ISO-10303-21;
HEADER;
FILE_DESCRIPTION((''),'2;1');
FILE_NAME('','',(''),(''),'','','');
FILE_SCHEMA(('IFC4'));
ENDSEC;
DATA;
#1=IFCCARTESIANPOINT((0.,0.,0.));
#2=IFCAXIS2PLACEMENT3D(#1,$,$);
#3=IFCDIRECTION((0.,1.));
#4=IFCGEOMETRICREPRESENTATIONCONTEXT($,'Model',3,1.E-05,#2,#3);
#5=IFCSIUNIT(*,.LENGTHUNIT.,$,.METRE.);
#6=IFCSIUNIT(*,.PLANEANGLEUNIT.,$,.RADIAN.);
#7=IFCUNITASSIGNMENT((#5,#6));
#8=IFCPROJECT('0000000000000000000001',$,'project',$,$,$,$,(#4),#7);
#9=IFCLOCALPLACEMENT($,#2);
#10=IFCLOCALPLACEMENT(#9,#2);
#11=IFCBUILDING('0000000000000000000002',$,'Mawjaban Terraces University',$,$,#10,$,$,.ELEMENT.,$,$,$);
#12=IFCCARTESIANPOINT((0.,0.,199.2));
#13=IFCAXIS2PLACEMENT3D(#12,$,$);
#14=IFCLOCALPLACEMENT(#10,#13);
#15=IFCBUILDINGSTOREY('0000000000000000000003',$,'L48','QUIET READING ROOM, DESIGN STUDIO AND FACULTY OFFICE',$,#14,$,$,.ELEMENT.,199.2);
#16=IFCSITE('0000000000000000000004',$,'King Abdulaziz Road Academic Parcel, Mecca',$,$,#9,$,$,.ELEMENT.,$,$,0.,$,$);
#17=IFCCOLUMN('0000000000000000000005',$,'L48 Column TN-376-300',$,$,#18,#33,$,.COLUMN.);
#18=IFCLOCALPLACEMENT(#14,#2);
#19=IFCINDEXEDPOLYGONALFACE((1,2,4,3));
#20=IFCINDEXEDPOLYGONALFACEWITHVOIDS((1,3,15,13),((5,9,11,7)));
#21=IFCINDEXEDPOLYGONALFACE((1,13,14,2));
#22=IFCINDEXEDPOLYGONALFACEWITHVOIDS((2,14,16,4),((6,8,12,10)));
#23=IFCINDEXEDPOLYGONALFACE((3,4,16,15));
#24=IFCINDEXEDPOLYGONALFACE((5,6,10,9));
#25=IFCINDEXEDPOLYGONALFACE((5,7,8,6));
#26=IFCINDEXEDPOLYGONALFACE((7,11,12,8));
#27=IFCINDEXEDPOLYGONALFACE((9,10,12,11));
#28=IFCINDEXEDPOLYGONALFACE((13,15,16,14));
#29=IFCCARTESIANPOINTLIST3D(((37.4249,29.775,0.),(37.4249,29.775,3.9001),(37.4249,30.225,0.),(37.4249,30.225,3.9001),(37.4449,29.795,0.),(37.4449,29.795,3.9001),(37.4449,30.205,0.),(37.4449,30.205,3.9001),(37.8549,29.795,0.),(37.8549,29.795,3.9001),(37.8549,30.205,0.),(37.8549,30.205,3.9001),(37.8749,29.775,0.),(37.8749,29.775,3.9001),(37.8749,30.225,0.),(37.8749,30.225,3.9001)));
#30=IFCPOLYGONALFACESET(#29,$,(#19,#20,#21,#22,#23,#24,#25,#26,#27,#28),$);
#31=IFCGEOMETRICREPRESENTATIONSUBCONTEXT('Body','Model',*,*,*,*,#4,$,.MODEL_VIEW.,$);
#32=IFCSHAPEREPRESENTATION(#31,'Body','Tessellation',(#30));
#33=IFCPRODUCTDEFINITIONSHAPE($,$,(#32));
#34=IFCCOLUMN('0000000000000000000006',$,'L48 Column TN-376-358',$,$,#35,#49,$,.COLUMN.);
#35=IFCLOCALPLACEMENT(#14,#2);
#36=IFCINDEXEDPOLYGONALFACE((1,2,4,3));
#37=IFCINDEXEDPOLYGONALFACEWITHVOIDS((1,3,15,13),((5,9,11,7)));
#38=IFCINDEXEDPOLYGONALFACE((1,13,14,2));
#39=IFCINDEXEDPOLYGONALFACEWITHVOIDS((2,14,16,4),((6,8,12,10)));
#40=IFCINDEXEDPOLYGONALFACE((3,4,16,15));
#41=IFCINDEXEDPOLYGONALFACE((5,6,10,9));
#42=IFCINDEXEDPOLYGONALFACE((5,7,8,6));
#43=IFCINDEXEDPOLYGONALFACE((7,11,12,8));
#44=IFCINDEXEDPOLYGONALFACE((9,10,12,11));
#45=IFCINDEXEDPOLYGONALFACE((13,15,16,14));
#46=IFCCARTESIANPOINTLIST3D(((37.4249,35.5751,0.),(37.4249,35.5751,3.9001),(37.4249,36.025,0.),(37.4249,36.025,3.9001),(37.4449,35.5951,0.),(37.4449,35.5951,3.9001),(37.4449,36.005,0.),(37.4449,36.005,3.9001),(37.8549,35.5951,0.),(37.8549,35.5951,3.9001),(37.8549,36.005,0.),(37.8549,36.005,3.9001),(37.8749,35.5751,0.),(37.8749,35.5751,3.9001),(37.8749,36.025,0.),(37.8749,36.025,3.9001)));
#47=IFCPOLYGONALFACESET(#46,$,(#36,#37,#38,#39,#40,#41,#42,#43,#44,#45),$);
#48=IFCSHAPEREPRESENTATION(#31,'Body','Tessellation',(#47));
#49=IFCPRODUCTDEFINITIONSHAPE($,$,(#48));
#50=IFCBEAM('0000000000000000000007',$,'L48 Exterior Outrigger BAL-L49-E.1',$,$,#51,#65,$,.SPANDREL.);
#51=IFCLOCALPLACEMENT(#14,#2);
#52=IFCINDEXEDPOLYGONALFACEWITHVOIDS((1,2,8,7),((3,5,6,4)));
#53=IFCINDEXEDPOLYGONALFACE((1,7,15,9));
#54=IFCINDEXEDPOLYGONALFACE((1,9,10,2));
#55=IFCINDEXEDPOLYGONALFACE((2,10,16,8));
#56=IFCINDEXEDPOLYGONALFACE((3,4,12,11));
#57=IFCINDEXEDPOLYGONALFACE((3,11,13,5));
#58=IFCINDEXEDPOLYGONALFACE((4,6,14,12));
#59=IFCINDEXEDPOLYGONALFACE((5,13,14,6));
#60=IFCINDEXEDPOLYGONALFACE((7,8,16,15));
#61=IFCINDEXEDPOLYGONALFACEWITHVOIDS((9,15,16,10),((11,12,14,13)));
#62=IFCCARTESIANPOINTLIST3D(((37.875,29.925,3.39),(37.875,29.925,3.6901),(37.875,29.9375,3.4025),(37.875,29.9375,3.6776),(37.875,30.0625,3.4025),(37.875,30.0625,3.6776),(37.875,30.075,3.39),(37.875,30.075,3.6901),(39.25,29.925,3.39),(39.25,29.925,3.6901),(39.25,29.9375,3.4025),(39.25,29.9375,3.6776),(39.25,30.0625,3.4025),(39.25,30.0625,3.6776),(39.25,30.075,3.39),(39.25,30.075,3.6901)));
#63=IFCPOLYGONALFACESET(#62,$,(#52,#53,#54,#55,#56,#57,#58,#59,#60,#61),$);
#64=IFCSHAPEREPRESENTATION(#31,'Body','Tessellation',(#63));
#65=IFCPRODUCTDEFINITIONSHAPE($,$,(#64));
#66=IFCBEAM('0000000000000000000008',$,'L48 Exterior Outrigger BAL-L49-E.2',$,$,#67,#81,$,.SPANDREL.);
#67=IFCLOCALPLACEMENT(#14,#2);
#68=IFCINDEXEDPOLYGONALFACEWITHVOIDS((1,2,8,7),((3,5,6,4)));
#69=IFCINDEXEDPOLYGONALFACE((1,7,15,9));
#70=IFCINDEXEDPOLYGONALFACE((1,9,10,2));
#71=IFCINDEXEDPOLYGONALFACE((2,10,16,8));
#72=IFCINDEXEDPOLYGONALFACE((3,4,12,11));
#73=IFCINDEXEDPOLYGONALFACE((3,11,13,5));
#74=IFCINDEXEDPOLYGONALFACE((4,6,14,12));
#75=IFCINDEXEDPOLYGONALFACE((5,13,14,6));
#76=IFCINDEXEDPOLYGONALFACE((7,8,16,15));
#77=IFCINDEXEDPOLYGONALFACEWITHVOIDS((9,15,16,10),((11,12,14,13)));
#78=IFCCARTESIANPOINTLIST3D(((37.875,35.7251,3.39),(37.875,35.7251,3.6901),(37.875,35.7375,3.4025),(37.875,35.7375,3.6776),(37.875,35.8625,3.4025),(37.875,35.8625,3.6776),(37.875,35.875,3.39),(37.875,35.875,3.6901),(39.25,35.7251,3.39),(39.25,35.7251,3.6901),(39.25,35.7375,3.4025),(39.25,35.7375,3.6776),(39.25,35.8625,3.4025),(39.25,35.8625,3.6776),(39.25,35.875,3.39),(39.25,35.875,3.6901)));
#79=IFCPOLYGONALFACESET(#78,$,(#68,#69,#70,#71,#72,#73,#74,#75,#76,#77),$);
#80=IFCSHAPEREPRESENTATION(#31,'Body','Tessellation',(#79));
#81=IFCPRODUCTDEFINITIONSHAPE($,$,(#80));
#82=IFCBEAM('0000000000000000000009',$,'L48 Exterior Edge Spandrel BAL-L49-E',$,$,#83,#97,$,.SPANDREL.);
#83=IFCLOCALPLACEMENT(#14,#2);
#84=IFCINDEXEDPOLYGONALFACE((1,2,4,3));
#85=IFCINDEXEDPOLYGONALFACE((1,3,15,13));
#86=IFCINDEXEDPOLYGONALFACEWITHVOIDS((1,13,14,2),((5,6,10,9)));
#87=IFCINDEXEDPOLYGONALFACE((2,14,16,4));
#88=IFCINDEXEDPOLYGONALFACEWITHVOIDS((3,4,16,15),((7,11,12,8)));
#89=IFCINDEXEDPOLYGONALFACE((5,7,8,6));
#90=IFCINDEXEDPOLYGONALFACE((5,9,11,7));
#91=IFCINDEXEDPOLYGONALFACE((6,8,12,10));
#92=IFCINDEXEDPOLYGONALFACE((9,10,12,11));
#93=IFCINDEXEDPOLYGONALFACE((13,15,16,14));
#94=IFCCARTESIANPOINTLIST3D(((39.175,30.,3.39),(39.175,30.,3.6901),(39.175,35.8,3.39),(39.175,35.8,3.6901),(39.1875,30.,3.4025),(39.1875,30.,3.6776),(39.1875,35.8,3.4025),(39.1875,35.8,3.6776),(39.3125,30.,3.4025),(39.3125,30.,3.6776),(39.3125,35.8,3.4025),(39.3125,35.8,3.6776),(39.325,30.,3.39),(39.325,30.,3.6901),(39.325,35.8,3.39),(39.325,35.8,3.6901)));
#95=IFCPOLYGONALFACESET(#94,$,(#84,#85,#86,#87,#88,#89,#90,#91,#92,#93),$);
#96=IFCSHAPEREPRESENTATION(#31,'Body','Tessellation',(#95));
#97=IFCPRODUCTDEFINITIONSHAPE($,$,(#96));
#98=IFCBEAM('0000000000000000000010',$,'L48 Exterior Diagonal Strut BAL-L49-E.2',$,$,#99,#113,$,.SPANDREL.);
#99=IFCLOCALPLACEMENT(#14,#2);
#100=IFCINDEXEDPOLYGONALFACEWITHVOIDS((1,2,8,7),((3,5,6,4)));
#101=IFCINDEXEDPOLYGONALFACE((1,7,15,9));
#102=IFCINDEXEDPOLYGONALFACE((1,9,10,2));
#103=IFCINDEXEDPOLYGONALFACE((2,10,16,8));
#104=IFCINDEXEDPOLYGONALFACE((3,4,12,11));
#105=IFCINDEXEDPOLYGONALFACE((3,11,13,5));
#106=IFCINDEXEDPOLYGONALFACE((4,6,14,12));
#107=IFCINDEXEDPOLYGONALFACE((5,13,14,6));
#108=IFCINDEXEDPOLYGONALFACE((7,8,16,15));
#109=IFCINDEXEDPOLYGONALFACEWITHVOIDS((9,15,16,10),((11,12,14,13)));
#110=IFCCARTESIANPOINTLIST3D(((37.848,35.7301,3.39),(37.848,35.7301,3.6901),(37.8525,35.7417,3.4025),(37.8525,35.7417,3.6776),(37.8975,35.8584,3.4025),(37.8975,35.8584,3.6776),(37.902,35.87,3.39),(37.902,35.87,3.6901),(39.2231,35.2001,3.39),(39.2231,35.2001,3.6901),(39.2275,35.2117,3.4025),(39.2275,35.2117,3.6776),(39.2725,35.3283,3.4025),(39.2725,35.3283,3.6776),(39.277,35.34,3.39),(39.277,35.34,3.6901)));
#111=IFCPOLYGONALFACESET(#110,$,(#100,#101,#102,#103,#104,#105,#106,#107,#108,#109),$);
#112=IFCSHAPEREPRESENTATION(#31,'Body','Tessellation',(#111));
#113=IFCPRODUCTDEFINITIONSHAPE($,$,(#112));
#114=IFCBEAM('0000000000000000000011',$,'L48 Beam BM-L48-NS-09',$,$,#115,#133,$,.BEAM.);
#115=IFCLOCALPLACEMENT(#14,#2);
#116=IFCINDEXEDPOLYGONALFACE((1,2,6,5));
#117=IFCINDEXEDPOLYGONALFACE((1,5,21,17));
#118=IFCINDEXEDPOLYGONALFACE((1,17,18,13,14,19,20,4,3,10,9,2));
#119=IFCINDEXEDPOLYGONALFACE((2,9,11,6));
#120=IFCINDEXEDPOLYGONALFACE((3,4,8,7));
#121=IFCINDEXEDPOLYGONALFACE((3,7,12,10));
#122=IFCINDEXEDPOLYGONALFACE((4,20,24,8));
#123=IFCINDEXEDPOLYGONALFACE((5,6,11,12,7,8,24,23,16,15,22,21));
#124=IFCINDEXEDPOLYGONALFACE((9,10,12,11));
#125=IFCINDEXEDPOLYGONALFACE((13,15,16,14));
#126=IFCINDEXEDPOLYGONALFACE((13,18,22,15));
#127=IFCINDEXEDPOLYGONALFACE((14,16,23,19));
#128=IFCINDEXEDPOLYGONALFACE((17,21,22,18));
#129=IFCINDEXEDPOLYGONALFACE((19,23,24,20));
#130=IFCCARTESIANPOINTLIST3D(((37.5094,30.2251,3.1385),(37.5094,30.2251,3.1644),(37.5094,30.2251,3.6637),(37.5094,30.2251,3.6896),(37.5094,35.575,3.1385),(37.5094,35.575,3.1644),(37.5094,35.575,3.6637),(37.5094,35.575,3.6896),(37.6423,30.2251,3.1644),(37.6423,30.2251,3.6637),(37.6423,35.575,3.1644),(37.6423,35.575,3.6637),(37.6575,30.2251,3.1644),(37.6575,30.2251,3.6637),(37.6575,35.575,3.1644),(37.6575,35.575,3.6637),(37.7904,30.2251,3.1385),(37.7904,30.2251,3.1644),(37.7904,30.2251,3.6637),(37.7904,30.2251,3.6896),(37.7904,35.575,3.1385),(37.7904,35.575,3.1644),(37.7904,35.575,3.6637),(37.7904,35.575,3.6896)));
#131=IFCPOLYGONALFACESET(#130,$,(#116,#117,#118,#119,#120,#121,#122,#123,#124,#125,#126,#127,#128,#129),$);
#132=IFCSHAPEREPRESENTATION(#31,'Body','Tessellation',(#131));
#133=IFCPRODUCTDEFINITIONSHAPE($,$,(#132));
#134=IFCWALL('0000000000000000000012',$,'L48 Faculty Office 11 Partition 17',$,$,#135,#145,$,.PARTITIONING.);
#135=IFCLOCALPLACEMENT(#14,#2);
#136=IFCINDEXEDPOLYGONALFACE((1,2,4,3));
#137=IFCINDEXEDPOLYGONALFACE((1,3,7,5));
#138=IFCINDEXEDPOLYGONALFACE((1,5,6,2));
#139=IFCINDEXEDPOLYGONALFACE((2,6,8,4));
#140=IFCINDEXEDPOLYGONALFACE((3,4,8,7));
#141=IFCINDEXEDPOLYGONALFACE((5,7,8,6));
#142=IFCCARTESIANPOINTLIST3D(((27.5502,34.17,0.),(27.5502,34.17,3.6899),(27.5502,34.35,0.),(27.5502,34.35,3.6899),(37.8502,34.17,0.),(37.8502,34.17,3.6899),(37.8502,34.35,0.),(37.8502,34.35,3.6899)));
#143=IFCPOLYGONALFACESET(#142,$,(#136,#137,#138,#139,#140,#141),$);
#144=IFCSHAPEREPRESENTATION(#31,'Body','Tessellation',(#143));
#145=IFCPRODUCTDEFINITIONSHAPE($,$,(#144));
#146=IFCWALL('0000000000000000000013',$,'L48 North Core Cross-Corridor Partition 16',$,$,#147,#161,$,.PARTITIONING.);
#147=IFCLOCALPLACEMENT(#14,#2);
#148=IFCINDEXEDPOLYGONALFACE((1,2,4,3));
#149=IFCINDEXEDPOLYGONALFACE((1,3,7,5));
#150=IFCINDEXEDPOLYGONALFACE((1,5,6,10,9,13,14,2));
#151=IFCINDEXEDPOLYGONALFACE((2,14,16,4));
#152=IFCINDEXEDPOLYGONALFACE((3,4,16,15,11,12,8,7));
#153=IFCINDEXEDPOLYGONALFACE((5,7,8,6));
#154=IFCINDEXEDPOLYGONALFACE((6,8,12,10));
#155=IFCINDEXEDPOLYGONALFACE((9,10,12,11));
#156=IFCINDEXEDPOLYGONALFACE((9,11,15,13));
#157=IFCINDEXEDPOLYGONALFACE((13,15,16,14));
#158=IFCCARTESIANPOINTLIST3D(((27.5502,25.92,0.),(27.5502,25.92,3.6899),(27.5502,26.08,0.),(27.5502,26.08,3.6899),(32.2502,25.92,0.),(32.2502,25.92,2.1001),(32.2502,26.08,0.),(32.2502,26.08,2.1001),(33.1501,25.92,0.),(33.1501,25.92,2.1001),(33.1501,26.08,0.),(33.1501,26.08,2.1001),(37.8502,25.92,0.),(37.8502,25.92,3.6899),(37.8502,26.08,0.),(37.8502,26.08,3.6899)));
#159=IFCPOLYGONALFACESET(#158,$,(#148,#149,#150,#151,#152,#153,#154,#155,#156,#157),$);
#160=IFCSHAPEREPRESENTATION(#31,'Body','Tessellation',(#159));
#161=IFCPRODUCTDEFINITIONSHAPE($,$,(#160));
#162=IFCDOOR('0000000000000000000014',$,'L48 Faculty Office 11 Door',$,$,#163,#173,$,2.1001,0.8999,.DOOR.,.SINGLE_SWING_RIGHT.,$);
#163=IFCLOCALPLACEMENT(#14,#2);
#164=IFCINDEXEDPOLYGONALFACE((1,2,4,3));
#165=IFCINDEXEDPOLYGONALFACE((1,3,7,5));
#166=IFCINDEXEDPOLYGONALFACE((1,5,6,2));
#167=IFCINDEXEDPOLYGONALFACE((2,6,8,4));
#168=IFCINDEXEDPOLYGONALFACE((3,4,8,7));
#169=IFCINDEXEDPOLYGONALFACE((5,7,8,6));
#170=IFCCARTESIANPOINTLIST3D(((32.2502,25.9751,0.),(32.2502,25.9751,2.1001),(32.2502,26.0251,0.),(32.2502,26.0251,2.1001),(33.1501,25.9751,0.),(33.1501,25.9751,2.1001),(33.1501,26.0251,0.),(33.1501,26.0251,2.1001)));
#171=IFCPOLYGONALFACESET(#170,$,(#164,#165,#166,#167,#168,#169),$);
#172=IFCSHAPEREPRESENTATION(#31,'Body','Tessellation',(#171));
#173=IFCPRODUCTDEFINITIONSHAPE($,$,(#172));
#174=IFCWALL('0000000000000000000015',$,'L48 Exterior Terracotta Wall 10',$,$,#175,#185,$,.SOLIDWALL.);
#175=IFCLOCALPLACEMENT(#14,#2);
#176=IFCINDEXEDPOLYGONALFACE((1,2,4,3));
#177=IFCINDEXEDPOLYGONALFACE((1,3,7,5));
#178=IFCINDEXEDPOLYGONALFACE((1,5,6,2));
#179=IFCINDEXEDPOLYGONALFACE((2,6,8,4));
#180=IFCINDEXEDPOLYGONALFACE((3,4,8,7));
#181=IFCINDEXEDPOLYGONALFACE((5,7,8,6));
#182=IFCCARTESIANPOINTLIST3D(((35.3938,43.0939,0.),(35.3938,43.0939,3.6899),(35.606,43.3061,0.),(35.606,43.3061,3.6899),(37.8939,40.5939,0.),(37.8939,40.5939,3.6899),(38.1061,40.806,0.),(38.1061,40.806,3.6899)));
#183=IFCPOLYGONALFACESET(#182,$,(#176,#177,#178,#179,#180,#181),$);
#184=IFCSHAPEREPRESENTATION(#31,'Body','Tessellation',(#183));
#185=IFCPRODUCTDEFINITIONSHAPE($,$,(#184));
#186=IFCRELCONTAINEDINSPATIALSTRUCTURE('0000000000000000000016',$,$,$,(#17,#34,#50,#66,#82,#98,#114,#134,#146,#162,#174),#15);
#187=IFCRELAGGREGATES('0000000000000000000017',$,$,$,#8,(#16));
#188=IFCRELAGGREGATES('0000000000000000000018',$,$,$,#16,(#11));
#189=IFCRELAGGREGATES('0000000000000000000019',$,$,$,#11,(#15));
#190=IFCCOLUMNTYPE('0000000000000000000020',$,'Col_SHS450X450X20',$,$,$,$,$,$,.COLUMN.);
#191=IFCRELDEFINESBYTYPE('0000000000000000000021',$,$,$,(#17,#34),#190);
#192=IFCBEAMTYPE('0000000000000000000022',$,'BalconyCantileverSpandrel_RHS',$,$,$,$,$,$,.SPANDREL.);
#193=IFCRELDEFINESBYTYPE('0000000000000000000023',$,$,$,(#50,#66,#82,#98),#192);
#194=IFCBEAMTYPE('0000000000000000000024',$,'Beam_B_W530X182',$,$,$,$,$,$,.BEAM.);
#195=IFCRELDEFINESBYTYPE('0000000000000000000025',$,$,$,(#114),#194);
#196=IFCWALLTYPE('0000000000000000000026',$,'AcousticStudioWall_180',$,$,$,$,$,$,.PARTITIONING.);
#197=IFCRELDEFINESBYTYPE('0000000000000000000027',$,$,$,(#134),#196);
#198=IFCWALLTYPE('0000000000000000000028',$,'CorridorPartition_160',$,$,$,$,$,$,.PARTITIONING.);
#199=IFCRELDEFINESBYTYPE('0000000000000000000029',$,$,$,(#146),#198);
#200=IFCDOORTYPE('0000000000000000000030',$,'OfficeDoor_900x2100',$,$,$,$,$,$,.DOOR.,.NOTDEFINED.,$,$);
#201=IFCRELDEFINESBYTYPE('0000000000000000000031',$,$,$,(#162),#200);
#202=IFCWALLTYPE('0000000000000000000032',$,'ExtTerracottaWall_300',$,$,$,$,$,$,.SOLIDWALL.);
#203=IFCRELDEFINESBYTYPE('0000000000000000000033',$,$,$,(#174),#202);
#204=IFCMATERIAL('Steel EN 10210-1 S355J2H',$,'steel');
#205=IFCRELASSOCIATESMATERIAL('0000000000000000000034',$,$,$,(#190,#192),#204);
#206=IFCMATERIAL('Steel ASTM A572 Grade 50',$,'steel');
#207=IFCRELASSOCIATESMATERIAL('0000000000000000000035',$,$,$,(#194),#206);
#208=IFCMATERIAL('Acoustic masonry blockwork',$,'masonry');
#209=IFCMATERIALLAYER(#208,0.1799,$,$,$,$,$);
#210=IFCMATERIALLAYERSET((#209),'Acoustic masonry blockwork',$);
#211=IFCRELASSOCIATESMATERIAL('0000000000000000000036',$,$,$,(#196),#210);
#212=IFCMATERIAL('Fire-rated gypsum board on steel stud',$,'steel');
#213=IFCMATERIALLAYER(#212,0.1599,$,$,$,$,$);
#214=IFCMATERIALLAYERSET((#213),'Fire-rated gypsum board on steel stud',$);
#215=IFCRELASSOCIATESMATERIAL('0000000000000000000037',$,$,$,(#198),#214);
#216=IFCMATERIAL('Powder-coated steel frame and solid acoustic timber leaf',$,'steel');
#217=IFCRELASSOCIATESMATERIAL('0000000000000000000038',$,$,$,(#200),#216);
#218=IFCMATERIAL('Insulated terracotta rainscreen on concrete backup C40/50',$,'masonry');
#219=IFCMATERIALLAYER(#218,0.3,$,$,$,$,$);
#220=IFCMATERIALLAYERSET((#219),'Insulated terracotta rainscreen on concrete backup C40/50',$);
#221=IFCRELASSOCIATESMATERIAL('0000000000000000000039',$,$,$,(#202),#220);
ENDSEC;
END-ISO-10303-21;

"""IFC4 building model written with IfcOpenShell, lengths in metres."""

from ifc_helpers import new_model, si_unit, direction, frame, frame_2d, origin, origin_2d, place, context, subcontext, project, spatial, rectangle, hollow_rectangle, i_section, extrude, material, layer, layer_set, material_profile, profile_set, type_object, element, fill, save


model = new_model("IFC4")

# Units and contexts
model_context = context("Model", 3, precision=1e-05, world=origin(), true_north=direction((0.0, 1.0)))
body_context = subcontext(model_context, "Body", "Model", "MODEL_VIEW")
ifc_project = project(units=[si_unit("LENGTHUNIT", "METRE"), si_unit("PLANEANGLEUNIT", "RADIAN")], contexts=[model_context])

# Site, building, storey
site_placement = place(None, origin())
site = spatial("IfcSite", under=ifc_project, at=site_placement, Name="King Abdulaziz Road Academic Parcel, Mecca", CompositionType="ELEMENT", RefElevation=0.0)
building_placement = place(site_placement, origin())
building = spatial("IfcBuilding", under=site, at=building_placement, Name="Mawjaban Terraces University", CompositionType="ELEMENT")
storey_placement = place(building_placement, frame((0.0, 0.0, 199.2)))
storey = spatial("IfcBuildingStorey", under=building, at=storey_placement, Name="L48", Description="QUIET READING ROOM, DESIGN STUDIO AND FACULTY OFFICE", CompositionType="ELEMENT", Elevation=199.2)

# Columns
ifc_material_1 = material(Name="Steel EN 10210-1 S355J2H", Category="steel")
ifc_material_profile_1 = material_profile(ifc_material_1, hollow_rectangle(XDim=0.45, YDim=0.45, WallThickness=0.02, at=origin_2d()), Name="SHS450X450X20")
ifc_profile_set_1 = profile_set([ifc_material_profile_1], Name="Steel EN 10210-1 S355J2H")
column_type = type_object("IfcColumnType", Name="Col_SHS450X450X20", PredefinedType="COLUMN", material=ifc_profile_set_1)
for number, where, z_axis, x_axis, name in (
    (1, (37.6499, 30.0, 0.0), (0.0, 0.0, 1.0), (1.0, 0.0, 0.0), "L48 Column TN-376-300"),
    (2, (37.6499, 35.8, 0.0), (0.0, 0.0, 1.0), (1.0, 0.0, 0.0), "L48 Column TN-376-358"),
):
    element("IfcColumn", number, at=place(storey_placement, frame(where, z_axis=z_axis, x_axis=x_axis)), inside=storey, type_object=column_type, Name=name, PredefinedType="COLUMN", context=body_context, shape_type="SweptSolid", body=[
        extrude(hollow_rectangle(XDim=0.45, YDim=0.45, WallThickness=0.02, at=origin_2d()), origin(), (0.0, 0.0, 1.0), 3.9001),
    ])

# Beams
ifc_material_profile_2 = material_profile(ifc_material_1, hollow_rectangle(XDim=0.1499, YDim=0.3, WallThickness=0.0125, at=origin_2d()), Name="RHS300X150X12.5")
ifc_profile_set_2 = profile_set([ifc_material_profile_2], Name="Steel EN 10210-1 S355J2H")
beam_type_1 = type_object("IfcBeamType", Name="BalconyCantileverSpandrel_RHS", PredefinedType="SPANDREL", material=ifc_profile_set_2)
for number, where, z_axis, x_axis, name in (
    (3, (37.875, 30.0, 3.54), (1.0, 0.0, 0.0), (0.0, 1.0, 0.0), "L48 Exterior Outrigger BAL-L49-E.1"),
    (4, (37.875, 35.8, 3.54), (1.0, 0.0, 0.0), (0.0, 1.0, 0.0), "L48 Exterior Outrigger BAL-L49-E.2"),
):
    element("IfcBeam", number, at=place(storey_placement, frame(where, z_axis=z_axis, x_axis=x_axis)), inside=storey, type_object=beam_type_1, Name=name, PredefinedType="SPANDREL", context=body_context, shape_type="SweptSolid", body=[
        extrude(hollow_rectangle(XDim=0.1499, YDim=0.3, WallThickness=0.0125, at=origin_2d()), origin(), (0.0, 0.0, 1.0), 1.375),
    ])
beam_1_placement = place(storey_placement, frame((39.25, 30.0, 3.54), z_axis=(0.0, 1.0, 0.0), x_axis=(-1.0, 0.0, 0.0)))
element("IfcBeam", 5, at=beam_1_placement, inside=storey, type_object=beam_type_1, Name="L48 Exterior Edge Spandrel BAL-L49-E", PredefinedType="SPANDREL", context=body_context, shape_type="SweptSolid", body=[
    extrude(hollow_rectangle(XDim=0.1499, YDim=0.3, WallThickness=0.0125, at=origin_2d()), origin(), (0.0, 0.0, 1.0), 5.8),
])
beam_2_placement = place(storey_placement, frame((37.875, 35.8, 3.54), z_axis=(0.933076, -0.359678, 0.0), x_axis=(0.359678, 0.933076, 0.0)))
element("IfcBeam", 6, at=beam_2_placement, inside=storey, type_object=beam_type_1, Name="L48 Exterior Diagonal Strut BAL-L49-E.2", PredefinedType="SPANDREL", context=body_context, shape_type="SweptSolid", body=[
    extrude(hollow_rectangle(XDim=0.1499, YDim=0.3, WallThickness=0.0125, at=origin_2d()), origin(), (0.0, 0.0, 1.0), 1.4736),
])
ifc_material_2 = material(Name="Steel ASTM A572 Grade 50", Category="steel")
ifc_material_profile_3 = material_profile(ifc_material_2, i_section(OverallWidth=0.281, OverallDepth=0.551, WebThickness=0.0151, FlangeThickness=0.0259, at=origin_2d()), Name="W530X182")
ifc_profile_set_3 = profile_set([ifc_material_profile_3], Name="Steel ASTM A572 Grade 50")
beam_type_2 = type_object("IfcBeamType", Name="Beam_B_W530X182", PredefinedType="BEAM", material=ifc_profile_set_3)
beam_3_placement = place(storey_placement, frame((37.6499, 30.2251, 3.4141), z_axis=(0.0, 1.0, 0.0), x_axis=(-1.0, 0.0, 0.0)))
element("IfcBeam", 7, at=beam_3_placement, inside=storey, type_object=beam_type_2, Name="L48 Beam BM-L48-NS-09", PredefinedType="BEAM", context=body_context, shape_type="SweptSolid", body=[
    extrude(i_section(OverallWidth=0.281, OverallDepth=0.551, WebThickness=0.0151, FlangeThickness=0.0259, at=origin_2d()), origin(), (0.0, 0.0, 1.0), 5.3499),
])

# Wall
ifc_material_3 = material(Name="Acoustic masonry blockwork", Category="masonry")
ifc_layer_1 = layer(ifc_material_3, 0.1799)
ifc_layer_set_1 = layer_set([ifc_layer_1], Name="Acoustic masonry blockwork")
wall_type_1 = type_object("IfcWallType", Name="AcousticStudioWall_180", PredefinedType="PARTITIONING", material=ifc_layer_set_1)
wall_1_placement = place(storey_placement, frame((37.8501, 34.26, 0.0), z_axis=(0.0, 0.0, 1.0), x_axis=(-1.0, 0.0, 0.0)))
element("IfcWall", 8, at=wall_1_placement, inside=storey, type_object=wall_type_1, Name="L48 Faculty Office 11 Partition 17", PredefinedType="PARTITIONING", context=body_context, shape_type="SweptSolid", body=[
    extrude(rectangle(XDim=10.3, YDim=0.1799, at=frame_2d((5.1499, 0.0))), origin(), (0.0, 0.0, 1.0), 3.6899),
])

# Wall, opening, door
ifc_material_4 = material(Name="Fire-rated gypsum board on steel stud", Category="steel")
ifc_layer_2 = layer(ifc_material_4, 0.1599)
ifc_layer_set_2 = layer_set([ifc_layer_2], Name="Fire-rated gypsum board on steel stud")
wall_type_2 = type_object("IfcWallType", Name="CorridorPartition_160", PredefinedType="PARTITIONING", material=ifc_layer_set_2)
wall_2_placement = place(storey_placement, frame((37.8501, 26.0, 0.0), z_axis=(0.0, 0.0, 1.0), x_axis=(-1.0, 0.0, 0.0)))
wall_2 = element("IfcWall", 9, at=wall_2_placement, inside=storey, type_object=wall_type_2, Name="L48 North Core Cross-Corridor Partition 16", PredefinedType="PARTITIONING", context=body_context, shape_type="SweptSolid", body=[
    extrude(rectangle(XDim=10.3, YDim=0.1599, at=frame_2d((5.1499, 0.0))), origin(), (0.0, 0.0, 1.0), 3.6899),
])
opening_1_placement = place(wall_2_placement, frame((4.7, 0.0, 0.0)))
opening_1 = element("IfcOpeningElement", 10, at=opening_1_placement, cuts=wall_2, PredefinedType="OPENING", context=body_context, shape_type="SweptSolid", body=[
    extrude(rectangle(XDim=0.8999, YDim=2.1001, at=frame_2d((0.45, 1.05))), frame((0.0, 0.0898, 0.0), z_axis=(0.0, -1.0, 0.0), x_axis=(1.0, 0.0, 0.0)), (0.0, 0.0, 1.0), 0.1799),
])
ifc_material_5 = material(Name="Powder-coated steel frame and solid acoustic timber leaf", Category="steel")
door_type = type_object("IfcDoorType", Name="OfficeDoor_900x2100", OperationType="NOTDEFINED", PredefinedType="DOOR", material=ifc_material_5)
door_placement = place(opening_1_placement, origin())
door = element("IfcDoor", 11, at=door_placement, inside=storey, type_object=door_type, Name="L48 Faculty Office 11 Door", OperationType="SINGLE_SWING_RIGHT", OverallHeight=2.1001, OverallWidth=0.8999, PredefinedType="DOOR", context=body_context, shape_type="SweptSolid", body=[
    extrude(rectangle(XDim=0.8999, YDim=2.1001, at=frame_2d((0.45, 1.05))), frame((0.0, 0.0249, 0.0), z_axis=(0.0, -1.0, 0.0), x_axis=(1.0, 0.0, 0.0)), (0.0, 0.0, 1.0), 0.05),
])
fill(opening_1, door)

# Wall
ifc_material_6 = material(Name="Insulated terracotta rainscreen on concrete backup C40/50", Category="masonry")
ifc_layer_3 = layer(ifc_material_6, 0.3)
ifc_layer_set_3 = layer_set([ifc_layer_3], Name="Insulated terracotta rainscreen on concrete backup C40/50")
wall_type_3 = type_object("IfcWallType", Name="ExtTerracottaWall_300", PredefinedType="SOLIDWALL", material=ifc_layer_set_3)
wall_3_placement = place(storey_placement, frame((38.0, 40.7, 0.0), z_axis=(0.0, 0.0, 1.0), x_axis=(-0.707107, 0.707107, 0.0)))
element("IfcWall", 12, at=wall_3_placement, inside=storey, type_object=wall_type_3, Name="L48 Exterior Terracotta Wall 10", PredefinedType="SOLIDWALL", context=body_context, shape_type="SweptSolid", body=[
    extrude(rectangle(XDim=3.5356, YDim=0.3, at=frame_2d((1.7678, 0.0))), origin(), (0.0, 0.0, 1.0), 3.6899),
])

save(model, "model.ifc")
